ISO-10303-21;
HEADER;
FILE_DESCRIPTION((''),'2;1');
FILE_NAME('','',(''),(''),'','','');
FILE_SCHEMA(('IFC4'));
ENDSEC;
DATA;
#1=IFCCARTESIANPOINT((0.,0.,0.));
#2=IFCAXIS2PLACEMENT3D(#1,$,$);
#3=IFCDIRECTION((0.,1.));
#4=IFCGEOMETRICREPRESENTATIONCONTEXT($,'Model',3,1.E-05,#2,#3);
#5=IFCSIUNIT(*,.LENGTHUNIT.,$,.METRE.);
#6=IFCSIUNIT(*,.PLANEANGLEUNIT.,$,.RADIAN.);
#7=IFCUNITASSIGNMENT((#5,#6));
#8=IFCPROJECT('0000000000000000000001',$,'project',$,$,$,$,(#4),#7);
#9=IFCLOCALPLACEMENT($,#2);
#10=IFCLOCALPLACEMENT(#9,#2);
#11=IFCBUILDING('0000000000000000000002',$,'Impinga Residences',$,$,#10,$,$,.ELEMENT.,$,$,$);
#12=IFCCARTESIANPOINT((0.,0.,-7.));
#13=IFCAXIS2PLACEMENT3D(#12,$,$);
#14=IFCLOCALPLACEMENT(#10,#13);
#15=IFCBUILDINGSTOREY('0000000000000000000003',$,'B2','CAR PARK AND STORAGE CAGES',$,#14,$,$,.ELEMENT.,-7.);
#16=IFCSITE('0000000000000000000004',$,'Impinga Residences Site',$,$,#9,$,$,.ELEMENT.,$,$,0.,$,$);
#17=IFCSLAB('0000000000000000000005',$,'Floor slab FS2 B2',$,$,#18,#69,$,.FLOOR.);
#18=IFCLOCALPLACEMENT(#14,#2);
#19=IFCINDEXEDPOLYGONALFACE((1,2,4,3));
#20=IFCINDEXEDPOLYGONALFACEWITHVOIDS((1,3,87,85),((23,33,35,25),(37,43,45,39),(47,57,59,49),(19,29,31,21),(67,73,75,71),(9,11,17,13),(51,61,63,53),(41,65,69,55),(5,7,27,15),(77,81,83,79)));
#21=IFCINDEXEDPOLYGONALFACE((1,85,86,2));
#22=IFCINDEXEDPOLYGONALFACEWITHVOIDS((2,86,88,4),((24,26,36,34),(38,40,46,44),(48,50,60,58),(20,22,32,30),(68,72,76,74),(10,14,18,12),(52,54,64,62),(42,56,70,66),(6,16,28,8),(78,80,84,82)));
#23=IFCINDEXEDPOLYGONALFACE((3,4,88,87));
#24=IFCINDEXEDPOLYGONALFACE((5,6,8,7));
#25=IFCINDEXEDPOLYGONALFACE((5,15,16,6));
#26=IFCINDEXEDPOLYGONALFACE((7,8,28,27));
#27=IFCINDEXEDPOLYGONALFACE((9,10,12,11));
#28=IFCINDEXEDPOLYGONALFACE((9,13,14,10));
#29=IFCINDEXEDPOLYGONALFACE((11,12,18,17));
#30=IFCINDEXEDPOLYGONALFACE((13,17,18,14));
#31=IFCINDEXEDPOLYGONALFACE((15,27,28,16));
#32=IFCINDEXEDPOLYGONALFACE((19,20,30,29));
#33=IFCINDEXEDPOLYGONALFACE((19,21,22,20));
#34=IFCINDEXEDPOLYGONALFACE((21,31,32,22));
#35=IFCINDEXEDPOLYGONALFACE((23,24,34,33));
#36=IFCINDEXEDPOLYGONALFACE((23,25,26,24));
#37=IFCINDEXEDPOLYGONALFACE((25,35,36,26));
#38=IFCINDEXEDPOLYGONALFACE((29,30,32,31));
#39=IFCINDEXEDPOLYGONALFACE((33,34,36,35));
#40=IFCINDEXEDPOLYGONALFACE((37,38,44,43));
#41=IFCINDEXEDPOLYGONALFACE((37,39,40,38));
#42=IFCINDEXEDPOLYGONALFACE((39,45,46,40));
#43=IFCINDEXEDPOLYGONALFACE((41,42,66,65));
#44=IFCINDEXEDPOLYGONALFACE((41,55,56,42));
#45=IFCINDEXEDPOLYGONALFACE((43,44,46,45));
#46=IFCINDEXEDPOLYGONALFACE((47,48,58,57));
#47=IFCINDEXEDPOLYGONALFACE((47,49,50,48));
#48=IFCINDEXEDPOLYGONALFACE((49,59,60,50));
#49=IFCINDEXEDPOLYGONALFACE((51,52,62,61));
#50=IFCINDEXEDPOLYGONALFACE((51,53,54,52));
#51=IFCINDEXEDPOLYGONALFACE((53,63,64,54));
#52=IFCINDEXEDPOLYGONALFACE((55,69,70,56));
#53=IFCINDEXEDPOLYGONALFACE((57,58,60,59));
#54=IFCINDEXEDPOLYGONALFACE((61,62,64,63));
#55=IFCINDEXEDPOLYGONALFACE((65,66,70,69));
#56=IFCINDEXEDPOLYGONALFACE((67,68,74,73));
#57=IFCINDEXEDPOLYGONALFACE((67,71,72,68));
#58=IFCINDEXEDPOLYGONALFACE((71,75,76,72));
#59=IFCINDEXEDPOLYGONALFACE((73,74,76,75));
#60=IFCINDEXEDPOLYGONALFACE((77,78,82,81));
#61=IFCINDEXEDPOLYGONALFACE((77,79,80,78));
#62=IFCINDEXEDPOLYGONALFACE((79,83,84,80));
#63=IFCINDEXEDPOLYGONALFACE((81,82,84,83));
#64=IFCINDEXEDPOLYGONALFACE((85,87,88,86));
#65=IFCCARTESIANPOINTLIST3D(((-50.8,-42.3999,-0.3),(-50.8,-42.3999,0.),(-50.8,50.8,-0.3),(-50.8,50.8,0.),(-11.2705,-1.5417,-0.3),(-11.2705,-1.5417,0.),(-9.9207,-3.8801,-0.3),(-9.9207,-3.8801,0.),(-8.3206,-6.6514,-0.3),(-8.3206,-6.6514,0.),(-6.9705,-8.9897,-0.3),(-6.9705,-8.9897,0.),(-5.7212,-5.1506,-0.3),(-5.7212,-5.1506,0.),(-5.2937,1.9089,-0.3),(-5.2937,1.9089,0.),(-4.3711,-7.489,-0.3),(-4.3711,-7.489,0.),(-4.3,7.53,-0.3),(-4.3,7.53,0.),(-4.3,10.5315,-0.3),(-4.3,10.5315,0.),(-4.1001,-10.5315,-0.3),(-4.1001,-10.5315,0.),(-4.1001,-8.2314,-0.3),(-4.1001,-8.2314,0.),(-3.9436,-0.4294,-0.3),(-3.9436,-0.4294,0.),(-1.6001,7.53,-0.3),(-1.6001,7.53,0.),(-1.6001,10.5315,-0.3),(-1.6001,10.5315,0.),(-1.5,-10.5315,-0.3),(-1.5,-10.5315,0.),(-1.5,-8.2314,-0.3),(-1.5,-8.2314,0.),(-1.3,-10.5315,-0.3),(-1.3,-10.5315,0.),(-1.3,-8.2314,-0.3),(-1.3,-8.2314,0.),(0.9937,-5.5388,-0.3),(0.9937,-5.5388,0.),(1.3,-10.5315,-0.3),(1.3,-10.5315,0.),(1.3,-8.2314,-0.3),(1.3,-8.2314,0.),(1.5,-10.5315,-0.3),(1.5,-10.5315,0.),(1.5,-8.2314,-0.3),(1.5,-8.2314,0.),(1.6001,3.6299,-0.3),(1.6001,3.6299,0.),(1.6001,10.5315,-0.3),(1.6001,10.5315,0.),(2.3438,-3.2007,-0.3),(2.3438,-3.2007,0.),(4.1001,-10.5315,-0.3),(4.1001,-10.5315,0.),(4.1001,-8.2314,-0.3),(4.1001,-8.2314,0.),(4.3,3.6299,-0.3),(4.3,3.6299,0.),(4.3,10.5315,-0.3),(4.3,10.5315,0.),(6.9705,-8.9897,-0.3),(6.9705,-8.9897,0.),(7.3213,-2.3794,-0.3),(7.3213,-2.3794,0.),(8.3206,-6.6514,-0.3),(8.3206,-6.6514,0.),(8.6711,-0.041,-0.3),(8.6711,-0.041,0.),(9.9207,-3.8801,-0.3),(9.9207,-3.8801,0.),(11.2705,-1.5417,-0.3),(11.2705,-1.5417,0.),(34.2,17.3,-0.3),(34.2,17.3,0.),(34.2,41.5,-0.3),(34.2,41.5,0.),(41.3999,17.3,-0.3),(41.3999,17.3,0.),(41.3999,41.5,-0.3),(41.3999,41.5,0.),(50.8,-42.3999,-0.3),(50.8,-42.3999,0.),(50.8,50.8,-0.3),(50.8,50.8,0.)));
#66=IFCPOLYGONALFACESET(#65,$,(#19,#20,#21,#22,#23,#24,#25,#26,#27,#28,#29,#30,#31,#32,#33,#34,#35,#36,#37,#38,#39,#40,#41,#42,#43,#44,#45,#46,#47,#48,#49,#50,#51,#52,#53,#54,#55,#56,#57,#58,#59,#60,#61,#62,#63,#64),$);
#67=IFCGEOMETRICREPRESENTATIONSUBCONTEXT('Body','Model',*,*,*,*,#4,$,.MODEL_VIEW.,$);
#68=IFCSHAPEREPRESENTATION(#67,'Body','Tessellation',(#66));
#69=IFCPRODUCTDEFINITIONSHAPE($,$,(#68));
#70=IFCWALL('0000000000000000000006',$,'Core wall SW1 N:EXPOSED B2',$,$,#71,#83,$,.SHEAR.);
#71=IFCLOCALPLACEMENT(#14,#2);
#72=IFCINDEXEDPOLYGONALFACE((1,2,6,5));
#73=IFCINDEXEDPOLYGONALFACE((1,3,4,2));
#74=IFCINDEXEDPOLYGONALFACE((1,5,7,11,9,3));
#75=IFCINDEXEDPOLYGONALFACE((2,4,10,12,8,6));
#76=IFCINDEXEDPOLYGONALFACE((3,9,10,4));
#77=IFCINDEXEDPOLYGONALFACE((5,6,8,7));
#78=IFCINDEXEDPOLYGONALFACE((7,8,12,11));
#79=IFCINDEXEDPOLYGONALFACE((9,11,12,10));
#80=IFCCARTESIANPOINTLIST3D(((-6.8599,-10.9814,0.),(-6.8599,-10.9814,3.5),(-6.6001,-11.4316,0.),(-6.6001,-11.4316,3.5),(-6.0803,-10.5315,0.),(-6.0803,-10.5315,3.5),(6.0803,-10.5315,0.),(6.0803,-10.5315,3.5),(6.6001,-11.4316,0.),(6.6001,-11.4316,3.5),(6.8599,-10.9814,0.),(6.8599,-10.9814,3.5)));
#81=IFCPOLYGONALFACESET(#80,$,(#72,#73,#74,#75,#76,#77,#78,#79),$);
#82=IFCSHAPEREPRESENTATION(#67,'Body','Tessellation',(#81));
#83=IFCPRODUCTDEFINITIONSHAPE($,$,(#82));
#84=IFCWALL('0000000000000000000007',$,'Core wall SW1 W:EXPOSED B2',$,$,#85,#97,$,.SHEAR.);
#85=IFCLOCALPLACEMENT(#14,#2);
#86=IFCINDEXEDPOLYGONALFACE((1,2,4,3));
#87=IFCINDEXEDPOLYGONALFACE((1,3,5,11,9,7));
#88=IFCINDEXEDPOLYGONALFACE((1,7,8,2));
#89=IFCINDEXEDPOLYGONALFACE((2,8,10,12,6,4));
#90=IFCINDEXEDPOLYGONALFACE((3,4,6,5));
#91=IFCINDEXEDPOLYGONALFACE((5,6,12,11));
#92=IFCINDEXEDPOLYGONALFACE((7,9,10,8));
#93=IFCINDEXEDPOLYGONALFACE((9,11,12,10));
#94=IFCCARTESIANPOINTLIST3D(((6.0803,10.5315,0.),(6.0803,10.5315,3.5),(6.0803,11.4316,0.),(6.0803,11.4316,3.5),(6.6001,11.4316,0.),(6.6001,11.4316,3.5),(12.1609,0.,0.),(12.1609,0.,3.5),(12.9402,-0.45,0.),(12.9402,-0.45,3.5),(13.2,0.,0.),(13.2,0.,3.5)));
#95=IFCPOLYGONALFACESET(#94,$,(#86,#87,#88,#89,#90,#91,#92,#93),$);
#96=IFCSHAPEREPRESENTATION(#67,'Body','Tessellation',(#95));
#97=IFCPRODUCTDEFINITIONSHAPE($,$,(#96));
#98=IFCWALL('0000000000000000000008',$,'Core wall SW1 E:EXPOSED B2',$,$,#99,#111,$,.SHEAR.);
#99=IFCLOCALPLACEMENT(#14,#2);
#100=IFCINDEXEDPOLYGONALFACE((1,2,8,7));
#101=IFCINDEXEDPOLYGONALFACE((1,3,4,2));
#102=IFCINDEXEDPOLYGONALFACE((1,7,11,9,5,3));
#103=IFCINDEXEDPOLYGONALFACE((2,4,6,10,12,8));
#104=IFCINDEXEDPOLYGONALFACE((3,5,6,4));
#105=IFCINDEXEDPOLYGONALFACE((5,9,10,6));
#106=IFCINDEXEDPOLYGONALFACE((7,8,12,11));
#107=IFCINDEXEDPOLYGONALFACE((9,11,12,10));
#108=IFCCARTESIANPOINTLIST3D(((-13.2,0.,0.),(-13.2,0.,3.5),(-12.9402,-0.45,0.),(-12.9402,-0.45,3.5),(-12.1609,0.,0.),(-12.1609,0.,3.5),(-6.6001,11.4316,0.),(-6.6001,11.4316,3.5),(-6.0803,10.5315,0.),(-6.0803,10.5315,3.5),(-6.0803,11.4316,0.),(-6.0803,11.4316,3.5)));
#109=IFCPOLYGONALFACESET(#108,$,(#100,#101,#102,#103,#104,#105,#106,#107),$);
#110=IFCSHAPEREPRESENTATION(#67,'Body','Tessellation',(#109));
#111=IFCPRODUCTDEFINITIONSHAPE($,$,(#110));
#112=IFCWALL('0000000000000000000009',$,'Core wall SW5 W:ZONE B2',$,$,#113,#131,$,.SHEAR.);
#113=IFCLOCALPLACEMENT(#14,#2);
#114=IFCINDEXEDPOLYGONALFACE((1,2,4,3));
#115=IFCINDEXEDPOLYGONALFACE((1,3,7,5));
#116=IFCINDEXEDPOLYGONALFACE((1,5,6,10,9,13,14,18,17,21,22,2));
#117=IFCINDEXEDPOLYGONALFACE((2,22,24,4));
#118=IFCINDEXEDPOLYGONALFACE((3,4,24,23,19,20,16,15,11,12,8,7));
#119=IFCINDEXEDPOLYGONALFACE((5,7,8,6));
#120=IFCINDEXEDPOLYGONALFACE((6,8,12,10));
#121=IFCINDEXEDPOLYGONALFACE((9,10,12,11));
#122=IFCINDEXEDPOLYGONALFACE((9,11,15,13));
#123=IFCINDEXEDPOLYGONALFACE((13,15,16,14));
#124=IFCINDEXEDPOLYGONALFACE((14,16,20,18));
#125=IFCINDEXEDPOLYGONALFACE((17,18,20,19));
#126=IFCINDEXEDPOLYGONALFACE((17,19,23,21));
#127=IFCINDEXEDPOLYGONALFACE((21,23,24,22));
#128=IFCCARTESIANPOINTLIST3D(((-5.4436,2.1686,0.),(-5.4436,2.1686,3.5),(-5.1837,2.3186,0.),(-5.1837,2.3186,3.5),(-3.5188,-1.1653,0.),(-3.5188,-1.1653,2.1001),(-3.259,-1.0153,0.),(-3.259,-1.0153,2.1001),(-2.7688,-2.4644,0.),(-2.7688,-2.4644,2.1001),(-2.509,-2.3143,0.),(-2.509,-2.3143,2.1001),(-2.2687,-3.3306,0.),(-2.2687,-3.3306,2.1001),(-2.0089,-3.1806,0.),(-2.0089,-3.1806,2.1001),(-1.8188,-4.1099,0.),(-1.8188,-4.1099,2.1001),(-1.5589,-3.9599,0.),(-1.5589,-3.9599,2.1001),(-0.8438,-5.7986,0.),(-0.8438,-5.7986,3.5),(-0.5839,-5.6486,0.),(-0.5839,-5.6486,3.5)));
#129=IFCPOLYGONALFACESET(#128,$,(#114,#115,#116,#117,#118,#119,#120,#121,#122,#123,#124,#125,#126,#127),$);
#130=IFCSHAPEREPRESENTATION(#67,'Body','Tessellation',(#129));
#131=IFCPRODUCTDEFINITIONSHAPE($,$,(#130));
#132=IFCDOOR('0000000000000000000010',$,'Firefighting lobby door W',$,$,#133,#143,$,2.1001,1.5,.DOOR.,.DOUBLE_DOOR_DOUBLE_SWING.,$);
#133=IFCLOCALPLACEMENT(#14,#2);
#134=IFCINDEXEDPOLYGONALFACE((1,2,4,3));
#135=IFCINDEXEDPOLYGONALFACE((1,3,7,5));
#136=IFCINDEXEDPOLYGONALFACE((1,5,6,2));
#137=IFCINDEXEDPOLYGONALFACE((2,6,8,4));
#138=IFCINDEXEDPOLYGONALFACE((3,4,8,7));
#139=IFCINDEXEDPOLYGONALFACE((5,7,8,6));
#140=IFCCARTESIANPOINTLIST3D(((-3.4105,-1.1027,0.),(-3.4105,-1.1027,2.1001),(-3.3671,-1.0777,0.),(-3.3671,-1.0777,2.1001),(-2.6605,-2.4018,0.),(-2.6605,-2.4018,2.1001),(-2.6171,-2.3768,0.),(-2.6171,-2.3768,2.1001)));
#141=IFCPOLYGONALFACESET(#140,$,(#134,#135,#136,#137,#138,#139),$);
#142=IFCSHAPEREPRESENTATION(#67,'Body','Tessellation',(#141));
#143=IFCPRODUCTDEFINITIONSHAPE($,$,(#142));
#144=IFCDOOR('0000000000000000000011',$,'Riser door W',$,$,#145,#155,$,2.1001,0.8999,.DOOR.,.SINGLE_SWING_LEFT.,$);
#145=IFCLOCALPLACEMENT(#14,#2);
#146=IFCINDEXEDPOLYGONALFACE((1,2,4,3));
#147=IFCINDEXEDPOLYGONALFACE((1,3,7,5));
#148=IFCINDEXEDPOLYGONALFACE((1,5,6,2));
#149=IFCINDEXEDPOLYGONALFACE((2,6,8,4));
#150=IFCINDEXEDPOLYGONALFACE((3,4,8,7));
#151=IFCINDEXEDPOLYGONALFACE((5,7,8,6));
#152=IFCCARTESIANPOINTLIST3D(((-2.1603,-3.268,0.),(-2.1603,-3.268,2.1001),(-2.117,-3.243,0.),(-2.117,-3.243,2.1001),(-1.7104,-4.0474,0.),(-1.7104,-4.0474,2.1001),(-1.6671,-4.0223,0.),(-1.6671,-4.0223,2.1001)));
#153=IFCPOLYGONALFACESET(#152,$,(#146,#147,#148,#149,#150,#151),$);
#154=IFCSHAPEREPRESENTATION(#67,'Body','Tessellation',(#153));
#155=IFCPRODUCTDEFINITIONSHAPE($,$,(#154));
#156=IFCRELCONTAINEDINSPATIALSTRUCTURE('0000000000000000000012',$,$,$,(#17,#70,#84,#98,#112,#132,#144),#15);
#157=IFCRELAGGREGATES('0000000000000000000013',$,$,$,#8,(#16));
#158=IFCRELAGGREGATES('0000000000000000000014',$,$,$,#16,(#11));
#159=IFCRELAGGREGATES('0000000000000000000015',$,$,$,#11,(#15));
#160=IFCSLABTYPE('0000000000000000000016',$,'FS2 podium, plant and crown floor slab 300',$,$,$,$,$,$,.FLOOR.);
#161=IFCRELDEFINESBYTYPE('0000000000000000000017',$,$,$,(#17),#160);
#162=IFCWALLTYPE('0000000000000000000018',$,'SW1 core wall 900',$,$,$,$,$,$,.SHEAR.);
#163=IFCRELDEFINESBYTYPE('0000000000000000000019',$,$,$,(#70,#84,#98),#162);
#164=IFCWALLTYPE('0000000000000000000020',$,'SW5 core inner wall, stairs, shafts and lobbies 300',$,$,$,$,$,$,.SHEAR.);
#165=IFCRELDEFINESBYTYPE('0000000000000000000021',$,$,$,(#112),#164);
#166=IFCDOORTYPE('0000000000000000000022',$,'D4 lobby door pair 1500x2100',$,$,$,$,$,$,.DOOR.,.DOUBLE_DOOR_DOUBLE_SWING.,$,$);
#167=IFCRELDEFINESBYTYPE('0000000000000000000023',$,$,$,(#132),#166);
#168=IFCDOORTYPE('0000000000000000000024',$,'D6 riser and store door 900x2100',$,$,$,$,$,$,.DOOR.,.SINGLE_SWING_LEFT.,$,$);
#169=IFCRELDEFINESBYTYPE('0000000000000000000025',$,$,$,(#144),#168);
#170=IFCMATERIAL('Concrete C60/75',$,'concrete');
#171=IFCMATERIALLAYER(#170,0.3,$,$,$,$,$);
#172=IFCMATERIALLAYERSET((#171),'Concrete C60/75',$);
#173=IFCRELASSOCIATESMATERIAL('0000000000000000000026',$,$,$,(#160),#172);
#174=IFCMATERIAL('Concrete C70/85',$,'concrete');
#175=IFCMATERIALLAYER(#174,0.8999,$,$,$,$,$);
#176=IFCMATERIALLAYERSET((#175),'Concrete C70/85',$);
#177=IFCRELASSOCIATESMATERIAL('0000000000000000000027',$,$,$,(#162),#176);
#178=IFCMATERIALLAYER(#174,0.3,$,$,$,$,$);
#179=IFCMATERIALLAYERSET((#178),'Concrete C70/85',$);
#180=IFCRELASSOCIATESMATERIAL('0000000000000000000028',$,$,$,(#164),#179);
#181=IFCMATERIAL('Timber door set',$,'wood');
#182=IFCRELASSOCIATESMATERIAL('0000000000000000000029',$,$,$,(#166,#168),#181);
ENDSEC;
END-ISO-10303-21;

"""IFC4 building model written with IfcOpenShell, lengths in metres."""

from ifc_helpers import new_model, si_unit, direction, frame, frame_2d, origin, place, context, subcontext, project, spatial, polyline, rectangle, outline, extrude, material, layer, layer_set, type_object, element, fill, save


model = new_model("IFC4")

# Units and contexts
model_context = context("Model", 3, precision=1e-05, world=origin(), true_north=direction((0.0, 1.0)))
body_context = subcontext(model_context, "Body", "Model", "MODEL_VIEW")
ifc_project = project(units=[si_unit("LENGTHUNIT", "METRE"), si_unit("PLANEANGLEUNIT", "RADIAN")], contexts=[model_context])

# Site, building, storey
site_placement = place(None, origin())
site = spatial("IfcSite", under=ifc_project, at=site_placement, Name="Impinga Residences Site", CompositionType="ELEMENT", RefElevation=0.0)
building_placement = place(site_placement, origin())
building = spatial("IfcBuilding", under=site, at=building_placement, Name="Impinga Residences", CompositionType="ELEMENT")
storey_placement = place(building_placement, frame((0.0, 0.0, -7.0)))
storey = spatial("IfcBuildingStorey", under=building, at=storey_placement, Name="B2", Description="CAR PARK AND STORAGE CAGES", CompositionType="ELEMENT", Elevation=-7.0)

# Slab
ifc_material_1 = material(Name="Concrete C60/75", Category="concrete")
ifc_layer_1 = layer(ifc_material_1, 0.3)
ifc_layer_set_1 = layer_set([ifc_layer_1], Name="Concrete C60/75")
slab_type = type_object("IfcSlabType", Name="FS2 podium, plant and crown floor slab 300", PredefinedType="FLOOR", material=ifc_layer_set_1)
slab_placement = place(storey_placement, frame((0.0, 0.0, -0.3)))
element("IfcSlab", 1, at=slab_placement, inside=storey, type_object=slab_type, Name="Floor slab FS2 B2", PredefinedType="FLOOR", context=body_context, shape_type="SweptSolid", body=[
    extrude(outline(polyline([(-50.8, 50.8), (50.8, 50.8), (50.8, -42.3999), (-50.8, -42.3999), (-50.8, 50.8)]), holes=[polyline([(-4.1001, -10.5315), (-1.5, -10.5315), (-1.5, -8.2314), (-4.1001, -8.2314), (-4.1001, -10.5315)]), polyline([(-1.3, -10.5315), (1.3, -10.5315), (1.3, -8.2314), (-1.3, -8.2314), (-1.3, -10.5315)]), polyline([(1.5, -10.5315), (4.1001, -10.5315), (4.1001, -8.2314), (1.5, -8.2314), (1.5, -10.5315)]), polyline([(-5.7212, -5.1506), (-8.3206, -6.6514), (-6.9705, -8.9897), (-4.3711, -7.489), (-5.7212, -5.1506)]), polyline([(0.9937, -5.5388), (6.9705, -8.9897), (8.3206, -6.6514), (2.3438, -3.2007), (0.9937, -5.5388)]), polyline([(9.9207, -3.8801), (11.2705, -1.5417), (8.6711, -0.041), (7.3213, -2.3794), (9.9207, -3.8801)]), polyline([(-11.2705, -1.5417), (-9.9207, -3.8801), (-3.9436, -0.4294), (-5.2937, 1.9089), (-11.2705, -1.5417)]), polyline([(4.3, 10.5315), (1.6001, 10.5315), (1.6001, 3.6299), (4.3, 3.6299), (4.3, 10.5315)]), polyline([(-1.6001, 7.53), (-1.6001, 10.5315), (-4.3, 10.5315), (-4.3, 7.53), (-1.6001, 7.53)]), polyline([(41.3999, 17.3), (41.3999, 41.5), (34.2, 41.5), (34.2, 17.3), (41.3999, 17.3)])]), origin(), (0.0, 0.0, 1.0), 0.3),
])

# Walls
ifc_material_2 = material(Name="Concrete C70/85", Category="concrete")
ifc_layer_2 = layer(ifc_material_2, 0.8999)
ifc_layer_set_2 = layer_set([ifc_layer_2], Name="Concrete C70/85")
wall_type_1 = type_object("IfcWallType", Name="SW1 core wall 900", PredefinedType="SHEAR", material=ifc_layer_set_2)
wall_1_placement = place(storey_placement, origin())
element("IfcWall", 2, at=wall_1_placement, inside=storey, type_object=wall_type_1, Name="Core wall SW1 N:EXPOSED B2", PredefinedType="SHEAR", context=body_context, shape_type="SweptSolid", body=[
    extrude(outline(polyline([(-6.6001, -11.4316), (6.6001, -11.4316), (6.8599, -10.9814), (6.0803, -10.5315), (-6.0803, -10.5315), (-6.8599, -10.9814), (-6.6001, -11.4316)])), origin(), (0.0, 0.0, 1.0), 3.5),
])
wall_2_placement = place(storey_placement, origin())
element("IfcWall", 3, at=wall_2_placement, inside=storey, type_object=wall_type_1, Name="Core wall SW1 W:EXPOSED B2", PredefinedType="SHEAR", context=body_context, shape_type="SweptSolid", body=[
    extrude(outline(polyline([(13.2, 0.0), (6.6001, 11.4316), (6.0803, 11.4316), (6.0803, 10.5315), (12.1609, 0.0), (12.9402, -0.45), (13.2, 0.0)])), origin(), (0.0, 0.0, 1.0), 3.5),
])
wall_3_placement = place(storey_placement, origin())
element("IfcWall", 4, at=wall_3_placement, inside=storey, type_object=wall_type_1, Name="Core wall SW1 E:EXPOSED B2", PredefinedType="SHEAR", context=body_context, shape_type="SweptSolid", body=[
    extrude(outline(polyline([(-6.6001, 11.4316), (-13.2, 0.0), (-12.9402, -0.45), (-12.1609, 0.0), (-6.0803, 10.5315), (-6.0803, 11.4316), (-6.6001, 11.4316)])), origin(), (0.0, 0.0, 1.0), 3.5),
])

# Wall, openings, doors
ifc_layer_3 = layer(ifc_material_2, 0.3)
ifc_layer_set_3 = layer_set([ifc_layer_3], Name="Concrete C70/85")
wall_type_2 = type_object("IfcWallType", Name="SW5 core inner wall, stairs, shafts and lobbies 300", PredefinedType="SHEAR", material=ifc_layer_set_3)
wall_4_placement = place(storey_placement, frame((-0.7139, -5.7236, 0.0), z_axis=(0.0, 0.0, 1.0), x_axis=(-0.499995, 0.866028, 0.0)))
wall_4 = element("IfcWall", 5, at=wall_4_placement, inside=storey, type_object=wall_type_2, Name="Core wall SW5 W:ZONE B2", PredefinedType="SHEAR", context=body_context, shape_type="SweptSolid", body=[
    extrude(rectangle(XDim=9.1997, YDim=0.3, at=frame_2d((4.5999, 0.0))), origin(), (0.0, 0.0, 1.0), 3.5),
])
opening_1_placement = place(wall_4_placement, frame((3.8501, 0.0, 0.0)))
opening_1 = element("IfcOpeningElement", 6, at=opening_1_placement, cuts=wall_4, PredefinedType="OPENING", context=body_context, shape_type="SweptSolid", body=[
    extrude(rectangle(XDim=1.5, YDim=2.1001, at=frame_2d((0.75, 1.05))), frame((0.0, 0.1599, 0.0), z_axis=(0.0, -1.0, 0.0), x_axis=(1.0, 0.0, 0.0)), (0.0, 0.0, 1.0), 0.3201),
])
opening_2_placement = place(wall_4_placement, frame((1.95, 0.0, 0.0)))
opening_2 = element("IfcOpeningElement", 7, at=opening_2_placement, cuts=wall_4, PredefinedType="OPENING", context=body_context, shape_type="SweptSolid", body=[
    extrude(rectangle(XDim=0.8999, YDim=2.1001, at=frame_2d((0.45, 1.05))), frame((0.0, 0.1599, 0.0), z_axis=(0.0, -1.0, 0.0), x_axis=(1.0, 0.0, 0.0)), (0.0, 0.0, 1.0), 0.3201),
])
ifc_material_3 = material(Name="Timber door set", Category="wood")
door_type_1 = type_object("IfcDoorType", Name="D4 lobby door pair 1500x2100", OperationType="DOUBLE_DOOR_DOUBLE_SWING", PredefinedType="DOOR", material=ifc_material_3)
door_1_placement = place(opening_1_placement, origin())
door_1 = element("IfcDoor", 8, at=door_1_placement, inside=storey, type_object=door_type_1, Name="Firefighting lobby door W", OperationType="DOUBLE_DOOR_DOUBLE_SWING", OverallHeight=2.1001, OverallWidth=1.5, PredefinedType="DOOR", context=body_context, shape_type="SweptSolid", body=[
    extrude(rectangle(XDim=1.5, YDim=2.1001, at=frame_2d((0.75, 1.05))), frame((0.0, 0.0249, 0.0), z_axis=(0.0, -1.0, 0.0), x_axis=(1.0, 0.0, 0.0)), (0.0, 0.0, 1.0), 0.05),
])
fill(opening_1, door_1)
door_type_2 = type_object("IfcDoorType", Name="D6 riser and store door 900x2100", OperationType="SINGLE_SWING_LEFT", PredefinedType="DOOR", material=ifc_material_3)
door_2_placement = place(opening_2_placement, origin())
door_2 = element("IfcDoor", 9, at=door_2_placement, inside=storey, type_object=door_type_2, Name="Riser door W", OperationType="SINGLE_SWING_LEFT", OverallHeight=2.1001, OverallWidth=0.8999, PredefinedType="DOOR", context=body_context, shape_type="SweptSolid", body=[
    extrude(rectangle(XDim=0.8999, YDim=2.1001, at=frame_2d((0.45, 1.05))), frame((0.0, 0.0249, 0.0), z_axis=(0.0, -1.0, 0.0), x_axis=(1.0, 0.0, 0.0)), (0.0, 0.0, 1.0), 0.05),
])
fill(opening_2, door_2)

save(model, "model.ifc")
